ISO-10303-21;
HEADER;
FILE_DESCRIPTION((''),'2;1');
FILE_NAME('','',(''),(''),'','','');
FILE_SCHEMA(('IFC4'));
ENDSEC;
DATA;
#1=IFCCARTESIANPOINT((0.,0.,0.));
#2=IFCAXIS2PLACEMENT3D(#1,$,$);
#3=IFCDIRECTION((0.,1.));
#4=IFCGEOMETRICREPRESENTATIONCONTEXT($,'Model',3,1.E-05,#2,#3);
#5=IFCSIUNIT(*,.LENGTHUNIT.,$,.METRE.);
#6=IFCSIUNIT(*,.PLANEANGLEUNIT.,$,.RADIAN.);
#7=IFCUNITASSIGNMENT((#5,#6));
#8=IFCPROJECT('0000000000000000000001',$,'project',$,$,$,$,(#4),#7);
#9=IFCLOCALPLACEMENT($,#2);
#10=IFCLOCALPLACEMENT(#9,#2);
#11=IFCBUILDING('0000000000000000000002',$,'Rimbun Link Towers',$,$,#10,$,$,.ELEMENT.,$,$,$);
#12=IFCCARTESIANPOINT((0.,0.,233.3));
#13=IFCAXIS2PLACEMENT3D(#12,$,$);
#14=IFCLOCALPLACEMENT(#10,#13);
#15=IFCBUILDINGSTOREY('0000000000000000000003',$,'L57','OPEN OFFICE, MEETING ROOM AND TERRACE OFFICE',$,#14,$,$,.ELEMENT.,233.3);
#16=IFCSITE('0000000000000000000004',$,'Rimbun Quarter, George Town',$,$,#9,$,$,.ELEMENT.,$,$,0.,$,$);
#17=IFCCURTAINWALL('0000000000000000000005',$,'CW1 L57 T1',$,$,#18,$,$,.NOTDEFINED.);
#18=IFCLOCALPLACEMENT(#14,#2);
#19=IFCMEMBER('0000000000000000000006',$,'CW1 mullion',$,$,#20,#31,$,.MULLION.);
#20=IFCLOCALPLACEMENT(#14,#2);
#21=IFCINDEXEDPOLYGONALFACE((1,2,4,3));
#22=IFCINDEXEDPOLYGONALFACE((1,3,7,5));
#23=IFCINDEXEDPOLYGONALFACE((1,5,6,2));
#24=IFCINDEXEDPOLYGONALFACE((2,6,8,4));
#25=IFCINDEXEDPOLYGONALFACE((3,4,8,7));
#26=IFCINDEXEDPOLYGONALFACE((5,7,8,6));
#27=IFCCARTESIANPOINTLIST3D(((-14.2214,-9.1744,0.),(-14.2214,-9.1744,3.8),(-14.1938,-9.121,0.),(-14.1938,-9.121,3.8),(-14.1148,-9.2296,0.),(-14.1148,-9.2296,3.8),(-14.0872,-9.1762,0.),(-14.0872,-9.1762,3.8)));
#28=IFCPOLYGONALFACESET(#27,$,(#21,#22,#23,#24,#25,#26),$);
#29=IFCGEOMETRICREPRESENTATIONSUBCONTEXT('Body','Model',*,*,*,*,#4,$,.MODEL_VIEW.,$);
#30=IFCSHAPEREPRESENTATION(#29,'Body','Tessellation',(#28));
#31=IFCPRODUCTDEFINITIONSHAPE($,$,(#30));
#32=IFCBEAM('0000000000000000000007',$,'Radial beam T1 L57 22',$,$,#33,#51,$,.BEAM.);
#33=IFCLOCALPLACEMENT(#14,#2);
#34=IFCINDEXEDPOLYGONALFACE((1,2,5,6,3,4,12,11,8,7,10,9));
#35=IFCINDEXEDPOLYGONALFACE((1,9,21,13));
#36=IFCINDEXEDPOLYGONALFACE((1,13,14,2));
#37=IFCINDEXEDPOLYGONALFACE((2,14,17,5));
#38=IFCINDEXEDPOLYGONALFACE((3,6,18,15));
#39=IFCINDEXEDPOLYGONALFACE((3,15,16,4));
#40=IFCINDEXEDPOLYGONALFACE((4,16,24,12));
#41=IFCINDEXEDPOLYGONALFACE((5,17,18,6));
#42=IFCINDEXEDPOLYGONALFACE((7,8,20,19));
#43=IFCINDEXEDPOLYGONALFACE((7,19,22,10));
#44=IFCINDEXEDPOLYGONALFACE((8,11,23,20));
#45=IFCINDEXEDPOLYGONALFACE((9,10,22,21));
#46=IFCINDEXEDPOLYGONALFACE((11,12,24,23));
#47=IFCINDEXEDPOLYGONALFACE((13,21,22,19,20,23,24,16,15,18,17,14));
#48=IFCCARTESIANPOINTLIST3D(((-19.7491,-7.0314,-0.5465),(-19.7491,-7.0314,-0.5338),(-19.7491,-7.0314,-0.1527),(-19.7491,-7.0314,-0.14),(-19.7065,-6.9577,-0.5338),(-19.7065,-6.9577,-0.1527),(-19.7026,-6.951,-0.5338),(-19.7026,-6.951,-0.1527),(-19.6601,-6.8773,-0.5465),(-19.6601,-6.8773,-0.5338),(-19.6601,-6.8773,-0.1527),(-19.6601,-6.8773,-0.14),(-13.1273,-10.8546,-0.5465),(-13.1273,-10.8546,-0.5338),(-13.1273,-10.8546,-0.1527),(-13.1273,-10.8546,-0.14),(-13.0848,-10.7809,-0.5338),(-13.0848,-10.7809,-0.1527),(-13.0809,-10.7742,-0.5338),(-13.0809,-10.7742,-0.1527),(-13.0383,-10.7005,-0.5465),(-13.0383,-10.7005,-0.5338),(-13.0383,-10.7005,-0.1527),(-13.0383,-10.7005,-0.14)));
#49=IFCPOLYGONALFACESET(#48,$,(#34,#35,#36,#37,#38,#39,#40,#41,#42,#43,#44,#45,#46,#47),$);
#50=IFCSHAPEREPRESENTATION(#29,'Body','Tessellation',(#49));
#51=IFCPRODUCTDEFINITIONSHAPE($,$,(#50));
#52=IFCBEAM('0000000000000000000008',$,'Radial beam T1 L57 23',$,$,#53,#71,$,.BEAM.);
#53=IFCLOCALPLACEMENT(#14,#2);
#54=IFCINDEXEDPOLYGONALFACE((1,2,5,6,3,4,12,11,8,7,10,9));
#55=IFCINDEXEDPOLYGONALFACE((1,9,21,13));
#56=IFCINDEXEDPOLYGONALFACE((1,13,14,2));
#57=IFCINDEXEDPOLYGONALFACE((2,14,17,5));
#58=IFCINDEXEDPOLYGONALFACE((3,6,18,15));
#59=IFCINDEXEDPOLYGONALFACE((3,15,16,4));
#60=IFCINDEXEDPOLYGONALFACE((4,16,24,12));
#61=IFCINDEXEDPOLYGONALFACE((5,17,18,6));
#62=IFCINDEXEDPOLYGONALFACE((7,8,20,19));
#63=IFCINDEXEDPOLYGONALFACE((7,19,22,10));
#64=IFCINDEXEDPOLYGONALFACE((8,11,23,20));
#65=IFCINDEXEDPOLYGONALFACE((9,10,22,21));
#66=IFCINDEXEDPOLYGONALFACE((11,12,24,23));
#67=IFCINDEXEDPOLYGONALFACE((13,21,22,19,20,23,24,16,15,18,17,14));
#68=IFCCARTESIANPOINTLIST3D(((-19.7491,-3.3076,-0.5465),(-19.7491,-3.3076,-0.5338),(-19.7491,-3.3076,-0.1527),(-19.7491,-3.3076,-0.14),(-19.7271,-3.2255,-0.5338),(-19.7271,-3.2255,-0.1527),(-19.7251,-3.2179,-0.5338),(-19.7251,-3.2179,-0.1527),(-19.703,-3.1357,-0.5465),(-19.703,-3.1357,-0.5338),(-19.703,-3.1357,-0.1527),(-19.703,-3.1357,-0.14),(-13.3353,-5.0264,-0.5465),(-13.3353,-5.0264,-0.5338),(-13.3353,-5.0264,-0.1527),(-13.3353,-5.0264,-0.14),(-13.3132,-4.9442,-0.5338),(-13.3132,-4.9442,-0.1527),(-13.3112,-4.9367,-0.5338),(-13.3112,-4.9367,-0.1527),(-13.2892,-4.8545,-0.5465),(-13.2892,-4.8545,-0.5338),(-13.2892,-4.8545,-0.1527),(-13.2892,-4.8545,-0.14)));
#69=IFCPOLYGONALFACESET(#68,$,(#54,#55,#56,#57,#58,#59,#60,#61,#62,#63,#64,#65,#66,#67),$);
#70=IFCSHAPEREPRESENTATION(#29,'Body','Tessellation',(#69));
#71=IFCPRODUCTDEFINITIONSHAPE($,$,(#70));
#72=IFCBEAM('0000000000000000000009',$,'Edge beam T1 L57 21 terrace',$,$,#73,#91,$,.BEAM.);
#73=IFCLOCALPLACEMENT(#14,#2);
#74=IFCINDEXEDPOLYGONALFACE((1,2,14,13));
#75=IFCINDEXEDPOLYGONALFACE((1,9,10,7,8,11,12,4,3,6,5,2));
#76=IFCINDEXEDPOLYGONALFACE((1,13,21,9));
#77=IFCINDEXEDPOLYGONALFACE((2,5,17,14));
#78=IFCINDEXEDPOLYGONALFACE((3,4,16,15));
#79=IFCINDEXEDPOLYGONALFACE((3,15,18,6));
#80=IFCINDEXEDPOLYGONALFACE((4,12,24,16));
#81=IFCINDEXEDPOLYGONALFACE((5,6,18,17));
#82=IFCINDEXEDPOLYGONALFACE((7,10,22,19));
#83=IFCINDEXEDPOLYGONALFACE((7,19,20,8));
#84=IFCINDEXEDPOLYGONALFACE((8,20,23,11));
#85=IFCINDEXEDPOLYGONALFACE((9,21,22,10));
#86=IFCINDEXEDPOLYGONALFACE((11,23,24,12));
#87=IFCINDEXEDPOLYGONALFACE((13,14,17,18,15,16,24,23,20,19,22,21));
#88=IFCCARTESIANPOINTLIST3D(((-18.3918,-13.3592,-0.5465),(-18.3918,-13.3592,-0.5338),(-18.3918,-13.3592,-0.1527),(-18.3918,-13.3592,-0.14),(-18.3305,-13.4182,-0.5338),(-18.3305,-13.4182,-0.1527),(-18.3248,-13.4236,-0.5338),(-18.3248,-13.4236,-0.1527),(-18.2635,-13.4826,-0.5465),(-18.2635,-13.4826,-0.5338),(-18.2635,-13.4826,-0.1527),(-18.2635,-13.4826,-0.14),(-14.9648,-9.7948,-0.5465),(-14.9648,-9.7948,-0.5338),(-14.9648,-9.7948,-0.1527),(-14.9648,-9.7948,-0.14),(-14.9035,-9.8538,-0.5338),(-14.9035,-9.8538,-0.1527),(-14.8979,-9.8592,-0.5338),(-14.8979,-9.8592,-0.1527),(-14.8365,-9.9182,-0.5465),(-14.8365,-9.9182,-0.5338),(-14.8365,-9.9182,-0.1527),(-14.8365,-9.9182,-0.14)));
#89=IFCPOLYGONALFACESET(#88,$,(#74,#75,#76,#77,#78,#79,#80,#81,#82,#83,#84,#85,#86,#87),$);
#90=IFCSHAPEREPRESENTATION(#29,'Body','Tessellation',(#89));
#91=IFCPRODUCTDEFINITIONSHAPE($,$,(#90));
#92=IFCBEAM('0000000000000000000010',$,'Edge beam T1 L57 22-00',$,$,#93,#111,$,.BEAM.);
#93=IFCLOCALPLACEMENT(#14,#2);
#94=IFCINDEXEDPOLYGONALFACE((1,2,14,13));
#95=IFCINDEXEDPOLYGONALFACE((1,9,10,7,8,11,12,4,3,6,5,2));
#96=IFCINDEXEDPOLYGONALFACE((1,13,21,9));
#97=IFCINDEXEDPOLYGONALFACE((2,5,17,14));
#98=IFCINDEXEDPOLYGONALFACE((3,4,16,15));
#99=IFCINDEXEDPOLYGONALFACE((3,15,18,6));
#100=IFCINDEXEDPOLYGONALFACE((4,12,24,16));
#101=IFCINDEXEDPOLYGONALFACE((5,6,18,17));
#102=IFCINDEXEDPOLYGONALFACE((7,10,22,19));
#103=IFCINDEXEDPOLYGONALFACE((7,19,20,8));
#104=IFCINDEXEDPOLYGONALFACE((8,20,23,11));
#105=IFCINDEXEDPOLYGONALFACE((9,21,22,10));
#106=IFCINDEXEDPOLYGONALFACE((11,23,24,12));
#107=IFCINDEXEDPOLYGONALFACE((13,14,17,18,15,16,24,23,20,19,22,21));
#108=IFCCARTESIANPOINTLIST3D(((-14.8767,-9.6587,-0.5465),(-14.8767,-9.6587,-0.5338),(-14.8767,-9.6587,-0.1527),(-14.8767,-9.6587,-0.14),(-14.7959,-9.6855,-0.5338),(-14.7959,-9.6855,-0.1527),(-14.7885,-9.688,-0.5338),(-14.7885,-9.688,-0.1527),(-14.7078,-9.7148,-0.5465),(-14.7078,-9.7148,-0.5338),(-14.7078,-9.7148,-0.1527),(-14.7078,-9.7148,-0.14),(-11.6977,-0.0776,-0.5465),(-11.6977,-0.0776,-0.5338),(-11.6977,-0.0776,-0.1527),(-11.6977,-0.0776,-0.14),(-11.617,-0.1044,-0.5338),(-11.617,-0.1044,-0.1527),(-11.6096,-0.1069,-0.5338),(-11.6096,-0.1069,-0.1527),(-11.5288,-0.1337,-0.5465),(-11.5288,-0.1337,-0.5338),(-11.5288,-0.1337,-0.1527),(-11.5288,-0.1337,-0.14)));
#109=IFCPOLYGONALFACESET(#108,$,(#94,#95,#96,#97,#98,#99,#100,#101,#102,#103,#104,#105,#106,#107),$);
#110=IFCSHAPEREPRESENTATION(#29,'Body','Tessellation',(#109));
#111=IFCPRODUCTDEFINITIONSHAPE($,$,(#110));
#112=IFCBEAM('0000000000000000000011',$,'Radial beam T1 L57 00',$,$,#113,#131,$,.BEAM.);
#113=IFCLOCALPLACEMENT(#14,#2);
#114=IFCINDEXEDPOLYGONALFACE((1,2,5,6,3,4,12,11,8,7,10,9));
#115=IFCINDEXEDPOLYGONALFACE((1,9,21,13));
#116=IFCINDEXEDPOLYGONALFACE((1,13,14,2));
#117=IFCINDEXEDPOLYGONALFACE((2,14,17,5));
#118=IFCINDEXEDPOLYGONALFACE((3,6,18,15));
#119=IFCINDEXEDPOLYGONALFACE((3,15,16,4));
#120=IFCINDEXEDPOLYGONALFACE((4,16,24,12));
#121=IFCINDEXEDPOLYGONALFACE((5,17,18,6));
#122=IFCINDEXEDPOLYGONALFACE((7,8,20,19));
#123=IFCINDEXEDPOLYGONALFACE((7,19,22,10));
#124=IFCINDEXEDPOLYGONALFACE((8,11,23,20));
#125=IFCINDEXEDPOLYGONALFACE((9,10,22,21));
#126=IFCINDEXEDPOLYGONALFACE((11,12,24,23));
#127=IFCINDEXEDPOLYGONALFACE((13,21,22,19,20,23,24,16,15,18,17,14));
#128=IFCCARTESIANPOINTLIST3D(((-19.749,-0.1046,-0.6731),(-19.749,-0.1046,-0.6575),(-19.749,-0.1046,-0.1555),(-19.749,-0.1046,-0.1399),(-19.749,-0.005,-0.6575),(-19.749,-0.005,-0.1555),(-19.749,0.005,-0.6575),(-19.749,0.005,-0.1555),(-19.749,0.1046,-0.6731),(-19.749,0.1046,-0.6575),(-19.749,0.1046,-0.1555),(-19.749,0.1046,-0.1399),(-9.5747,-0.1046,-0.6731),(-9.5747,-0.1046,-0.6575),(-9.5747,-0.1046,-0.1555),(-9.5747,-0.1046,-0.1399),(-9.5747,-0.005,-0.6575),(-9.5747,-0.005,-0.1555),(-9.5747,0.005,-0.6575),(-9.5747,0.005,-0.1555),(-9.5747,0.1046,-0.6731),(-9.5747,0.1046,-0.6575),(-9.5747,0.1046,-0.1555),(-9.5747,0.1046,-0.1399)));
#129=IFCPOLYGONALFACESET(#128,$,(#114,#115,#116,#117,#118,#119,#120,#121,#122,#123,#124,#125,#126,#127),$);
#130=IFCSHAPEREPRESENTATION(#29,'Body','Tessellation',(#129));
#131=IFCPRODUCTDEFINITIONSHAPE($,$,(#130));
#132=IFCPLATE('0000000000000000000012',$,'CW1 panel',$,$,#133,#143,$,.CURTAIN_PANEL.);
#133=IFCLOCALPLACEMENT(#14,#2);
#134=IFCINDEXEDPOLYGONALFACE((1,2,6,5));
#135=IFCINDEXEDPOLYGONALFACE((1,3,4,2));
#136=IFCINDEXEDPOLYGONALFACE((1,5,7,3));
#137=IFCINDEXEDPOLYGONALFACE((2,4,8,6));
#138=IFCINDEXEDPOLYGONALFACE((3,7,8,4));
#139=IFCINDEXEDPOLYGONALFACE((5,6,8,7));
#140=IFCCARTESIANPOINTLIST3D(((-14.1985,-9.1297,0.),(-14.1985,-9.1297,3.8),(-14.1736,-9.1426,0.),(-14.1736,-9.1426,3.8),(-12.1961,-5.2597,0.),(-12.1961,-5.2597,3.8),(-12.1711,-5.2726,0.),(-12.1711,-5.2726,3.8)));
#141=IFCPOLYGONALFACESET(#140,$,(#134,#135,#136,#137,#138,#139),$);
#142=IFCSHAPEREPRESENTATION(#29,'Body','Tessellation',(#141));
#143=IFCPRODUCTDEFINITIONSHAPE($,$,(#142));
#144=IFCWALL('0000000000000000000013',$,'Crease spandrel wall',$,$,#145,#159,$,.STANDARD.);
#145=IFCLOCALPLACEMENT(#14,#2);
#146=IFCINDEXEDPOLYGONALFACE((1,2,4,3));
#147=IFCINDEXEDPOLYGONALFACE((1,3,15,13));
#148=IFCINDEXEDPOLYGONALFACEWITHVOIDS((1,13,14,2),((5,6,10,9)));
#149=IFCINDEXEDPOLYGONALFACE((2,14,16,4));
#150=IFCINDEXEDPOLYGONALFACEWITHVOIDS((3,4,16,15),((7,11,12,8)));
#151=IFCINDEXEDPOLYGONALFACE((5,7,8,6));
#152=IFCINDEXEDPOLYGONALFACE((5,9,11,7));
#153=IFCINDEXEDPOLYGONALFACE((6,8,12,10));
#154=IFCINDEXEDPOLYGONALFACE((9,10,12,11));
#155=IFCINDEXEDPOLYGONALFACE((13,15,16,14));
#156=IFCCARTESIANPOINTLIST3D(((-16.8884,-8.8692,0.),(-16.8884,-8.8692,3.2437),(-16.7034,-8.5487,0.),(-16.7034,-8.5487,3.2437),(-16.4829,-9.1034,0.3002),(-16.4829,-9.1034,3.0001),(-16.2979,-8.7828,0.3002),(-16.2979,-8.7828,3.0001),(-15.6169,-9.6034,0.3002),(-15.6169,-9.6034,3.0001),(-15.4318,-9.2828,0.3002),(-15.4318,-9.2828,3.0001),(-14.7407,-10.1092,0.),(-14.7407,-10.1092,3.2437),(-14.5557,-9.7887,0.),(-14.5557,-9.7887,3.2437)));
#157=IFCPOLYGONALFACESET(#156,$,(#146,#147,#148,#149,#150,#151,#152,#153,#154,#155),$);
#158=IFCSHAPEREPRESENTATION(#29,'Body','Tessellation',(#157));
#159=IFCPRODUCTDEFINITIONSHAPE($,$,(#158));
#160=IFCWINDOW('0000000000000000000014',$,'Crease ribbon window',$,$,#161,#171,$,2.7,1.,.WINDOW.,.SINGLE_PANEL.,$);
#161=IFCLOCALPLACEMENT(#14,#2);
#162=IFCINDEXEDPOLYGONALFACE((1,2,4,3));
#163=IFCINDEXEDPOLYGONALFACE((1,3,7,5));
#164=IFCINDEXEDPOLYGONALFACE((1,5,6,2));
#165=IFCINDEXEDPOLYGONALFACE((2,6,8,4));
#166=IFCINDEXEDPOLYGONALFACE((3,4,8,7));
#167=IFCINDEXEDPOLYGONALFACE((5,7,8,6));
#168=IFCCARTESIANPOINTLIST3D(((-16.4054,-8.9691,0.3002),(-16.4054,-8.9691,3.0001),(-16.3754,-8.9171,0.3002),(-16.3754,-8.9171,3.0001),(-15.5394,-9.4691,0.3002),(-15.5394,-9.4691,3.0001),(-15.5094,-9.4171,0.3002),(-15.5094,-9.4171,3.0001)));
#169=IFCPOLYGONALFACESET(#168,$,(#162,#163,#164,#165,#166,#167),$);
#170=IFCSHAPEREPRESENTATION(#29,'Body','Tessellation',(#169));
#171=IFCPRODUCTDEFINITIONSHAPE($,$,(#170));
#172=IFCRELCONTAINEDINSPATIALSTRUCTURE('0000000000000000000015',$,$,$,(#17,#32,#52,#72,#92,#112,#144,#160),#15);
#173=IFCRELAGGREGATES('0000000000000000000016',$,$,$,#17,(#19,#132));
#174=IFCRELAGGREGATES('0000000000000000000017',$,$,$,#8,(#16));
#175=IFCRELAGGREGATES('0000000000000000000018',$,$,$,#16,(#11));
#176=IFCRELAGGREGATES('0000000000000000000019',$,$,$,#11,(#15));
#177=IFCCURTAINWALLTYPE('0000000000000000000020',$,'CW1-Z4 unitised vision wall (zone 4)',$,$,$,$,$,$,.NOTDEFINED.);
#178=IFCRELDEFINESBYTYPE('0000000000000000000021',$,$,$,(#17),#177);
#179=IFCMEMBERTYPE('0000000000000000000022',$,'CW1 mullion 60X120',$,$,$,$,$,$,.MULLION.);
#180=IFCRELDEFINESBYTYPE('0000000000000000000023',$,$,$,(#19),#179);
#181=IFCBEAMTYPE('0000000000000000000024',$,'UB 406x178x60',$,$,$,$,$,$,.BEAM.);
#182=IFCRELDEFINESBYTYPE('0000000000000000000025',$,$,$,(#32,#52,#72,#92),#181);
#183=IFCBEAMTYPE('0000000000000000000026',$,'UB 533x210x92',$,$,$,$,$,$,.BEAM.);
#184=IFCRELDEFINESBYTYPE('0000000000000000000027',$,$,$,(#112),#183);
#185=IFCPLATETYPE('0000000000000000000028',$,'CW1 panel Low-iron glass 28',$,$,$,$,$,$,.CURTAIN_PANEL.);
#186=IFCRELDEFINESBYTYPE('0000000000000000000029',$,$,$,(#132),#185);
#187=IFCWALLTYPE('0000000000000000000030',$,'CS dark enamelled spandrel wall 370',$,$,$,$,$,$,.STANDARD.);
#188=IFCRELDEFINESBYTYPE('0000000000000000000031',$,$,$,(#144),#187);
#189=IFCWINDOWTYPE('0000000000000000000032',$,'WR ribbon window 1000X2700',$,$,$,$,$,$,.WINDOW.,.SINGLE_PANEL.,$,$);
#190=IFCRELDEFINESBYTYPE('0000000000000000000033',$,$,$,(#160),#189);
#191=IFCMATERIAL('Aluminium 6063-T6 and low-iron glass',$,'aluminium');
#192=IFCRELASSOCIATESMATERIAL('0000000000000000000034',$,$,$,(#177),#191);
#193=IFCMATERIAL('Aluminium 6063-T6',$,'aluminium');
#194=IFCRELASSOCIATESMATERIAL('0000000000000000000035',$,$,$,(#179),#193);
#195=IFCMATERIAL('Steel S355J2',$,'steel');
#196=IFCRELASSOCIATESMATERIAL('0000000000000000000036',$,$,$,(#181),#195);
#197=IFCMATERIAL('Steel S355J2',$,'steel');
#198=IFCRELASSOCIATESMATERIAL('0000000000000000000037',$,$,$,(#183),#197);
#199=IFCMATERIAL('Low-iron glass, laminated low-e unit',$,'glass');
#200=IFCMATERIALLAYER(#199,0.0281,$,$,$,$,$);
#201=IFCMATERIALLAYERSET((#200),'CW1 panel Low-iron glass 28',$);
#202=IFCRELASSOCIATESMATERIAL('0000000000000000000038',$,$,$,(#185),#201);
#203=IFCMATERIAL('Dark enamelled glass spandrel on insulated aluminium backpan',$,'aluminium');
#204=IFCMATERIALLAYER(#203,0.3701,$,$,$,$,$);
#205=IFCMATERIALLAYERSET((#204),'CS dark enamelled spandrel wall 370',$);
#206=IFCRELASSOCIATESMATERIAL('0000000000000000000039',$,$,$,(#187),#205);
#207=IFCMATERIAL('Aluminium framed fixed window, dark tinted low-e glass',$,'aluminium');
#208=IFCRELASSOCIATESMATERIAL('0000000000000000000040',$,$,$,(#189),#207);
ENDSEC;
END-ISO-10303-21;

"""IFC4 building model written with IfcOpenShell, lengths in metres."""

from ifc_helpers import new_model, si_unit, direction, frame, frame_2d, origin, origin_2d, place, context, subcontext, project, spatial, rectangle, i_section, extrude, material, layer, layer_set, material_profile, profile_set, type_object, element, fill, aggregate, save


model = new_model("IFC4")

# Units and contexts
model_context = context("Model", 3, precision=1e-05, world=origin(), true_north=direction((0.0, 1.0)))
body_context = subcontext(model_context, "Body", "Model", "MODEL_VIEW")
ifc_project = project(units=[si_unit("LENGTHUNIT", "METRE"), si_unit("PLANEANGLEUNIT", "RADIAN")], contexts=[model_context])

# Site, building, storey
site_placement = place(None, origin())
site = spatial("IfcSite", under=ifc_project, at=site_placement, Name="Rimbun Quarter, George Town", CompositionType="ELEMENT", RefElevation=0.0)
building_placement = place(site_placement, origin())
building = spatial("IfcBuilding", under=site, at=building_placement, Name="Rimbun Link Towers", CompositionType="ELEMENT")
storey_placement = place(building_placement, frame((0.0, 0.0, 233.3)))
storey = spatial("IfcBuildingStorey", under=building, at=storey_placement, Name="L57", Description="OPEN OFFICE, MEETING ROOM AND TERRACE OFFICE", CompositionType="ELEMENT", Elevation=233.3)

# Curtain wall, member
ifc_material_1 = material(Name="Aluminium 6063-T6 and low-iron glass", Category="aluminium")
curtain_wall_type = type_object("IfcCurtainWallType", Name="CW1-Z4 unitised vision wall (zone 4)", PredefinedType="NOTDEFINED", material=ifc_material_1)
curtain_wall_placement = place(storey_placement, origin())
curtain_wall = element("IfcCurtainWall", 1, at=curtain_wall_placement, inside=storey, type_object=curtain_wall_type, Name="CW1 L57 T1", PredefinedType="NOTDEFINED")
ifc_material_2 = material(Name="Aluminium 6063-T6", Category="aluminium")
ifc_material_profile_1 = material_profile(ifc_material_2, rectangle(XDim=0.1201, YDim=0.0601, at=origin_2d()), Name="MULLION 60X120")
ifc_profile_set_1 = profile_set([ifc_material_profile_1], Name="Aluminium 6063-T6")
member_type_1 = type_object("IfcMemberType", Name="CW1 mullion 60X120", PredefinedType="MULLION", material=ifc_profile_set_1)
member_1_placement = place(storey_placement, frame((-14.1543, -9.1753, 0.0), z_axis=(0.0, 0.0, 1.0), x_axis=(0.888152, -0.45955, 0.0)))
member_1 = element("IfcMember", 2, at=member_1_placement, type_object=member_type_1, Name="CW1 mullion", PredefinedType="MULLION", context=body_context, shape_type="SweptSolid", body=[
    extrude(rectangle(XDim=0.1201, YDim=0.0601, at=origin_2d()), origin(), (0.0, 0.0, 1.0), 3.8),
])

# Beams
ifc_material_3 = material(Name="Steel S355J2", Category="steel")
ifc_material_profile_2 = material_profile(ifc_material_3, i_section(OverallWidth=0.178, OverallDepth=0.4065, WebThickness=0.0078, FlangeThickness=0.0127, at=origin_2d()), Name="UB 406x178x60")
ifc_profile_set_2 = profile_set([ifc_material_profile_2], Name="Steel S355J2")
beam_type_1 = type_object("IfcBeamType", Name="UB 406x178x60", PredefinedType="BEAM", material=ifc_profile_set_2)
beam_1_placement = place(storey_placement, frame((-19.7046, -6.9543, -0.3433), z_axis=(0.866018, -0.500013, 0.0), x_axis=(0.500013, 0.866018, 0.0)))
element("IfcBeam", 3, at=beam_1_placement, inside=storey, type_object=beam_type_1, Name="Radial beam T1 L57 22", PredefinedType="BEAM", context=body_context, shape_type="SweptSolid", body=[
    extrude(i_section(OverallWidth=0.178, OverallDepth=0.4065, WebThickness=0.0078, FlangeThickness=0.0127, at=origin_2d()), origin(), (0.0, 0.0, 1.0), 7.6462),
])
beam_2_placement = place(storey_placement, frame((-19.7261, -3.2217, -0.3433), z_axis=(0.965919, -0.258843, 0.0), x_axis=(0.258843, 0.965919, 0.0)))
element("IfcBeam", 4, at=beam_2_placement, inside=storey, type_object=beam_type_1, Name="Radial beam T1 L57 23", PredefinedType="BEAM", context=body_context, shape_type="SweptSolid", body=[
    extrude(i_section(OverallWidth=0.178, OverallDepth=0.4065, WebThickness=0.0078, FlangeThickness=0.0127, at=origin_2d()), origin(), (0.0, 0.0, 1.0), 6.6401),
])
beam_3_placement = place(storey_placement, frame((-18.3276, -13.4209, -0.3433), z_axis=(0.693071, 0.720869, 0.0), x_axis=(-0.720869, 0.693071, 0.0)))
element("IfcBeam", 5, at=beam_3_placement, inside=storey, type_object=beam_type_1, Name="Edge beam T1 L57 21 terrace", PredefinedType="BEAM", context=body_context, shape_type="SweptSolid", body=[
    extrude(i_section(OverallWidth=0.178, OverallDepth=0.4065, WebThickness=0.0078, FlangeThickness=0.0127, at=origin_2d()), origin(), (0.0, 0.0, 1.0), 4.9446),
])
beam_4_placement = place(storey_placement, frame((-14.7922, -9.6868, -0.3433), z_axis=(0.314914, 0.94912, 0.0), x_axis=(-0.94912, 0.314914, 0.0)))
element("IfcBeam", 6, at=beam_4_placement, inside=storey, type_object=beam_type_1, Name="Edge beam T1 L57 22-00", PredefinedType="BEAM", context=body_context, shape_type="SweptSolid", body=[
    extrude(i_section(OverallWidth=0.178, OverallDepth=0.4065, WebThickness=0.0078, FlangeThickness=0.0127, at=origin_2d()), origin(), (0.0, 0.0, 1.0), 10.0947),
])
ifc_material_4 = material(Name="Steel S355J2", Category="steel")
ifc_material_profile_3 = material_profile(ifc_material_4, i_section(OverallWidth=0.2092, OverallDepth=0.5332, WebThickness=0.01, FlangeThickness=0.0156, at=origin_2d()), Name="UB 533x210x92")
ifc_profile_set_3 = profile_set([ifc_material_profile_3], Name="Steel S355J2")
beam_type_2 = type_object("IfcBeamType", Name="UB 533x210x92", PredefinedType="BEAM", material=ifc_profile_set_3)
beam_5_placement = place(storey_placement, frame((-19.749, 0.0, -0.4065), z_axis=(1.0, 0.0, 0.0), x_axis=(0.0, 1.0, 0.0)))
element("IfcBeam", 7, at=beam_5_placement, inside=storey, type_object=beam_type_2, Name="Radial beam T1 L57 00", PredefinedType="BEAM", context=body_context, shape_type="SweptSolid", body=[
    extrude(i_section(OverallWidth=0.2092, OverallDepth=0.5332, WebThickness=0.01, FlangeThickness=0.0156, at=origin_2d()), origin(), (0.0, 0.0, 1.0), 10.1743),
])

# Plate
ifc_material_5 = material(Name="Low-iron glass, laminated low-e unit", Category="glass")
ifc_layer_1 = layer(ifc_material_5, 0.0281)
ifc_layer_set_1 = layer_set([ifc_layer_1], Name="CW1 panel Low-iron glass 28")
plate_type = type_object("IfcPlateType", Name="CW1 panel Low-iron glass 28", PredefinedType="CURTAIN_PANEL", material=ifc_layer_set_1)
plate_placement = place(storey_placement, frame((-13.1848, -7.2012, 0.0), z_axis=(0.0, 0.0, 1.0), x_axis=(-0.45955, -0.888152, 0.0)))
plate = element("IfcPlate", 8, at=plate_placement, type_object=plate_type, Name="CW1 panel", PredefinedType="CURTAIN_PANEL", context=body_context, shape_type="SweptSolid", body=[
    extrude(rectangle(XDim=4.3574, YDim=0.0281, at=origin_2d()), origin(), (0.0, 0.0, 1.0), 3.8),
])
aggregate(curtain_wall, [member_1, plate])

# Wall, opening, window
ifc_material_6 = material(Name="Dark enamelled glass spandrel on insulated aluminium backpan", Category="aluminium")
ifc_layer_2 = layer(ifc_material_6, 0.3701)
ifc_layer_set_2 = layer_set([ifc_layer_2], Name="CS dark enamelled spandrel wall 370")
wall_type_1 = type_object("IfcWallType", Name="CS dark enamelled spandrel wall 370", PredefinedType="STANDARD", material=ifc_layer_set_2)
wall_1_placement = place(storey_placement, frame((-14.6482, -9.949, 0.0), z_axis=(0.0, 0.0, 1.0), x_axis=(-0.866023, 0.500004, 0.0)))
wall_1 = element("IfcWall", 9, at=wall_1_placement, inside=storey, type_object=wall_type_1, Name="Crease spandrel wall", PredefinedType="STANDARD", context=body_context, shape_type="SweptSolid", body=[
    extrude(rectangle(XDim=2.48, YDim=0.3701, at=frame_2d((1.24, 0.0))), origin(), (0.0, 0.0, 1.0), 3.2437),
])
opening_1_placement = place(wall_1_placement, frame((1.0117, 0.0, 0.3)))
opening_1 = element("IfcOpeningElement", 10, at=opening_1_placement, cuts=wall_1, PredefinedType="OPENING", context=body_context, shape_type="SweptSolid", body=[
    extrude(rectangle(XDim=1.0, YDim=2.7, at=frame_2d((0.5, 1.3501))), frame((0.0, 0.1951, 0.0), z_axis=(0.0, -1.0, 0.0), x_axis=(1.0, 0.0, 0.0)), (0.0, 0.0, 1.0), 0.3901),
])
ifc_material_7 = material(Name="Aluminium framed fixed window, dark tinted low-e glass", Category="aluminium")
window_type = type_object("IfcWindowType", Name="WR ribbon window 1000X2700", PartitioningType="SINGLE_PANEL", PredefinedType="WINDOW", material=ifc_material_7)
window_placement = place(opening_1_placement, origin())
window = element("IfcWindow", 11, at=window_placement, inside=storey, type_object=window_type, Name="Crease ribbon window", OverallHeight=2.7, OverallWidth=1.0, PartitioningType="SINGLE_PANEL", PredefinedType="WINDOW", context=body_context, shape_type="SweptSolid", body=[
    extrude(rectangle(XDim=1.0, YDim=2.7, at=frame_2d((0.5, 1.3501))), frame((0.0, 0.03, 0.0), z_axis=(0.0, -1.0, 0.0), x_axis=(1.0, 0.0, 0.0)), (0.0, 0.0, 1.0), 0.0601),
])
fill(opening_1, window)

save(model, "model.ifc")
